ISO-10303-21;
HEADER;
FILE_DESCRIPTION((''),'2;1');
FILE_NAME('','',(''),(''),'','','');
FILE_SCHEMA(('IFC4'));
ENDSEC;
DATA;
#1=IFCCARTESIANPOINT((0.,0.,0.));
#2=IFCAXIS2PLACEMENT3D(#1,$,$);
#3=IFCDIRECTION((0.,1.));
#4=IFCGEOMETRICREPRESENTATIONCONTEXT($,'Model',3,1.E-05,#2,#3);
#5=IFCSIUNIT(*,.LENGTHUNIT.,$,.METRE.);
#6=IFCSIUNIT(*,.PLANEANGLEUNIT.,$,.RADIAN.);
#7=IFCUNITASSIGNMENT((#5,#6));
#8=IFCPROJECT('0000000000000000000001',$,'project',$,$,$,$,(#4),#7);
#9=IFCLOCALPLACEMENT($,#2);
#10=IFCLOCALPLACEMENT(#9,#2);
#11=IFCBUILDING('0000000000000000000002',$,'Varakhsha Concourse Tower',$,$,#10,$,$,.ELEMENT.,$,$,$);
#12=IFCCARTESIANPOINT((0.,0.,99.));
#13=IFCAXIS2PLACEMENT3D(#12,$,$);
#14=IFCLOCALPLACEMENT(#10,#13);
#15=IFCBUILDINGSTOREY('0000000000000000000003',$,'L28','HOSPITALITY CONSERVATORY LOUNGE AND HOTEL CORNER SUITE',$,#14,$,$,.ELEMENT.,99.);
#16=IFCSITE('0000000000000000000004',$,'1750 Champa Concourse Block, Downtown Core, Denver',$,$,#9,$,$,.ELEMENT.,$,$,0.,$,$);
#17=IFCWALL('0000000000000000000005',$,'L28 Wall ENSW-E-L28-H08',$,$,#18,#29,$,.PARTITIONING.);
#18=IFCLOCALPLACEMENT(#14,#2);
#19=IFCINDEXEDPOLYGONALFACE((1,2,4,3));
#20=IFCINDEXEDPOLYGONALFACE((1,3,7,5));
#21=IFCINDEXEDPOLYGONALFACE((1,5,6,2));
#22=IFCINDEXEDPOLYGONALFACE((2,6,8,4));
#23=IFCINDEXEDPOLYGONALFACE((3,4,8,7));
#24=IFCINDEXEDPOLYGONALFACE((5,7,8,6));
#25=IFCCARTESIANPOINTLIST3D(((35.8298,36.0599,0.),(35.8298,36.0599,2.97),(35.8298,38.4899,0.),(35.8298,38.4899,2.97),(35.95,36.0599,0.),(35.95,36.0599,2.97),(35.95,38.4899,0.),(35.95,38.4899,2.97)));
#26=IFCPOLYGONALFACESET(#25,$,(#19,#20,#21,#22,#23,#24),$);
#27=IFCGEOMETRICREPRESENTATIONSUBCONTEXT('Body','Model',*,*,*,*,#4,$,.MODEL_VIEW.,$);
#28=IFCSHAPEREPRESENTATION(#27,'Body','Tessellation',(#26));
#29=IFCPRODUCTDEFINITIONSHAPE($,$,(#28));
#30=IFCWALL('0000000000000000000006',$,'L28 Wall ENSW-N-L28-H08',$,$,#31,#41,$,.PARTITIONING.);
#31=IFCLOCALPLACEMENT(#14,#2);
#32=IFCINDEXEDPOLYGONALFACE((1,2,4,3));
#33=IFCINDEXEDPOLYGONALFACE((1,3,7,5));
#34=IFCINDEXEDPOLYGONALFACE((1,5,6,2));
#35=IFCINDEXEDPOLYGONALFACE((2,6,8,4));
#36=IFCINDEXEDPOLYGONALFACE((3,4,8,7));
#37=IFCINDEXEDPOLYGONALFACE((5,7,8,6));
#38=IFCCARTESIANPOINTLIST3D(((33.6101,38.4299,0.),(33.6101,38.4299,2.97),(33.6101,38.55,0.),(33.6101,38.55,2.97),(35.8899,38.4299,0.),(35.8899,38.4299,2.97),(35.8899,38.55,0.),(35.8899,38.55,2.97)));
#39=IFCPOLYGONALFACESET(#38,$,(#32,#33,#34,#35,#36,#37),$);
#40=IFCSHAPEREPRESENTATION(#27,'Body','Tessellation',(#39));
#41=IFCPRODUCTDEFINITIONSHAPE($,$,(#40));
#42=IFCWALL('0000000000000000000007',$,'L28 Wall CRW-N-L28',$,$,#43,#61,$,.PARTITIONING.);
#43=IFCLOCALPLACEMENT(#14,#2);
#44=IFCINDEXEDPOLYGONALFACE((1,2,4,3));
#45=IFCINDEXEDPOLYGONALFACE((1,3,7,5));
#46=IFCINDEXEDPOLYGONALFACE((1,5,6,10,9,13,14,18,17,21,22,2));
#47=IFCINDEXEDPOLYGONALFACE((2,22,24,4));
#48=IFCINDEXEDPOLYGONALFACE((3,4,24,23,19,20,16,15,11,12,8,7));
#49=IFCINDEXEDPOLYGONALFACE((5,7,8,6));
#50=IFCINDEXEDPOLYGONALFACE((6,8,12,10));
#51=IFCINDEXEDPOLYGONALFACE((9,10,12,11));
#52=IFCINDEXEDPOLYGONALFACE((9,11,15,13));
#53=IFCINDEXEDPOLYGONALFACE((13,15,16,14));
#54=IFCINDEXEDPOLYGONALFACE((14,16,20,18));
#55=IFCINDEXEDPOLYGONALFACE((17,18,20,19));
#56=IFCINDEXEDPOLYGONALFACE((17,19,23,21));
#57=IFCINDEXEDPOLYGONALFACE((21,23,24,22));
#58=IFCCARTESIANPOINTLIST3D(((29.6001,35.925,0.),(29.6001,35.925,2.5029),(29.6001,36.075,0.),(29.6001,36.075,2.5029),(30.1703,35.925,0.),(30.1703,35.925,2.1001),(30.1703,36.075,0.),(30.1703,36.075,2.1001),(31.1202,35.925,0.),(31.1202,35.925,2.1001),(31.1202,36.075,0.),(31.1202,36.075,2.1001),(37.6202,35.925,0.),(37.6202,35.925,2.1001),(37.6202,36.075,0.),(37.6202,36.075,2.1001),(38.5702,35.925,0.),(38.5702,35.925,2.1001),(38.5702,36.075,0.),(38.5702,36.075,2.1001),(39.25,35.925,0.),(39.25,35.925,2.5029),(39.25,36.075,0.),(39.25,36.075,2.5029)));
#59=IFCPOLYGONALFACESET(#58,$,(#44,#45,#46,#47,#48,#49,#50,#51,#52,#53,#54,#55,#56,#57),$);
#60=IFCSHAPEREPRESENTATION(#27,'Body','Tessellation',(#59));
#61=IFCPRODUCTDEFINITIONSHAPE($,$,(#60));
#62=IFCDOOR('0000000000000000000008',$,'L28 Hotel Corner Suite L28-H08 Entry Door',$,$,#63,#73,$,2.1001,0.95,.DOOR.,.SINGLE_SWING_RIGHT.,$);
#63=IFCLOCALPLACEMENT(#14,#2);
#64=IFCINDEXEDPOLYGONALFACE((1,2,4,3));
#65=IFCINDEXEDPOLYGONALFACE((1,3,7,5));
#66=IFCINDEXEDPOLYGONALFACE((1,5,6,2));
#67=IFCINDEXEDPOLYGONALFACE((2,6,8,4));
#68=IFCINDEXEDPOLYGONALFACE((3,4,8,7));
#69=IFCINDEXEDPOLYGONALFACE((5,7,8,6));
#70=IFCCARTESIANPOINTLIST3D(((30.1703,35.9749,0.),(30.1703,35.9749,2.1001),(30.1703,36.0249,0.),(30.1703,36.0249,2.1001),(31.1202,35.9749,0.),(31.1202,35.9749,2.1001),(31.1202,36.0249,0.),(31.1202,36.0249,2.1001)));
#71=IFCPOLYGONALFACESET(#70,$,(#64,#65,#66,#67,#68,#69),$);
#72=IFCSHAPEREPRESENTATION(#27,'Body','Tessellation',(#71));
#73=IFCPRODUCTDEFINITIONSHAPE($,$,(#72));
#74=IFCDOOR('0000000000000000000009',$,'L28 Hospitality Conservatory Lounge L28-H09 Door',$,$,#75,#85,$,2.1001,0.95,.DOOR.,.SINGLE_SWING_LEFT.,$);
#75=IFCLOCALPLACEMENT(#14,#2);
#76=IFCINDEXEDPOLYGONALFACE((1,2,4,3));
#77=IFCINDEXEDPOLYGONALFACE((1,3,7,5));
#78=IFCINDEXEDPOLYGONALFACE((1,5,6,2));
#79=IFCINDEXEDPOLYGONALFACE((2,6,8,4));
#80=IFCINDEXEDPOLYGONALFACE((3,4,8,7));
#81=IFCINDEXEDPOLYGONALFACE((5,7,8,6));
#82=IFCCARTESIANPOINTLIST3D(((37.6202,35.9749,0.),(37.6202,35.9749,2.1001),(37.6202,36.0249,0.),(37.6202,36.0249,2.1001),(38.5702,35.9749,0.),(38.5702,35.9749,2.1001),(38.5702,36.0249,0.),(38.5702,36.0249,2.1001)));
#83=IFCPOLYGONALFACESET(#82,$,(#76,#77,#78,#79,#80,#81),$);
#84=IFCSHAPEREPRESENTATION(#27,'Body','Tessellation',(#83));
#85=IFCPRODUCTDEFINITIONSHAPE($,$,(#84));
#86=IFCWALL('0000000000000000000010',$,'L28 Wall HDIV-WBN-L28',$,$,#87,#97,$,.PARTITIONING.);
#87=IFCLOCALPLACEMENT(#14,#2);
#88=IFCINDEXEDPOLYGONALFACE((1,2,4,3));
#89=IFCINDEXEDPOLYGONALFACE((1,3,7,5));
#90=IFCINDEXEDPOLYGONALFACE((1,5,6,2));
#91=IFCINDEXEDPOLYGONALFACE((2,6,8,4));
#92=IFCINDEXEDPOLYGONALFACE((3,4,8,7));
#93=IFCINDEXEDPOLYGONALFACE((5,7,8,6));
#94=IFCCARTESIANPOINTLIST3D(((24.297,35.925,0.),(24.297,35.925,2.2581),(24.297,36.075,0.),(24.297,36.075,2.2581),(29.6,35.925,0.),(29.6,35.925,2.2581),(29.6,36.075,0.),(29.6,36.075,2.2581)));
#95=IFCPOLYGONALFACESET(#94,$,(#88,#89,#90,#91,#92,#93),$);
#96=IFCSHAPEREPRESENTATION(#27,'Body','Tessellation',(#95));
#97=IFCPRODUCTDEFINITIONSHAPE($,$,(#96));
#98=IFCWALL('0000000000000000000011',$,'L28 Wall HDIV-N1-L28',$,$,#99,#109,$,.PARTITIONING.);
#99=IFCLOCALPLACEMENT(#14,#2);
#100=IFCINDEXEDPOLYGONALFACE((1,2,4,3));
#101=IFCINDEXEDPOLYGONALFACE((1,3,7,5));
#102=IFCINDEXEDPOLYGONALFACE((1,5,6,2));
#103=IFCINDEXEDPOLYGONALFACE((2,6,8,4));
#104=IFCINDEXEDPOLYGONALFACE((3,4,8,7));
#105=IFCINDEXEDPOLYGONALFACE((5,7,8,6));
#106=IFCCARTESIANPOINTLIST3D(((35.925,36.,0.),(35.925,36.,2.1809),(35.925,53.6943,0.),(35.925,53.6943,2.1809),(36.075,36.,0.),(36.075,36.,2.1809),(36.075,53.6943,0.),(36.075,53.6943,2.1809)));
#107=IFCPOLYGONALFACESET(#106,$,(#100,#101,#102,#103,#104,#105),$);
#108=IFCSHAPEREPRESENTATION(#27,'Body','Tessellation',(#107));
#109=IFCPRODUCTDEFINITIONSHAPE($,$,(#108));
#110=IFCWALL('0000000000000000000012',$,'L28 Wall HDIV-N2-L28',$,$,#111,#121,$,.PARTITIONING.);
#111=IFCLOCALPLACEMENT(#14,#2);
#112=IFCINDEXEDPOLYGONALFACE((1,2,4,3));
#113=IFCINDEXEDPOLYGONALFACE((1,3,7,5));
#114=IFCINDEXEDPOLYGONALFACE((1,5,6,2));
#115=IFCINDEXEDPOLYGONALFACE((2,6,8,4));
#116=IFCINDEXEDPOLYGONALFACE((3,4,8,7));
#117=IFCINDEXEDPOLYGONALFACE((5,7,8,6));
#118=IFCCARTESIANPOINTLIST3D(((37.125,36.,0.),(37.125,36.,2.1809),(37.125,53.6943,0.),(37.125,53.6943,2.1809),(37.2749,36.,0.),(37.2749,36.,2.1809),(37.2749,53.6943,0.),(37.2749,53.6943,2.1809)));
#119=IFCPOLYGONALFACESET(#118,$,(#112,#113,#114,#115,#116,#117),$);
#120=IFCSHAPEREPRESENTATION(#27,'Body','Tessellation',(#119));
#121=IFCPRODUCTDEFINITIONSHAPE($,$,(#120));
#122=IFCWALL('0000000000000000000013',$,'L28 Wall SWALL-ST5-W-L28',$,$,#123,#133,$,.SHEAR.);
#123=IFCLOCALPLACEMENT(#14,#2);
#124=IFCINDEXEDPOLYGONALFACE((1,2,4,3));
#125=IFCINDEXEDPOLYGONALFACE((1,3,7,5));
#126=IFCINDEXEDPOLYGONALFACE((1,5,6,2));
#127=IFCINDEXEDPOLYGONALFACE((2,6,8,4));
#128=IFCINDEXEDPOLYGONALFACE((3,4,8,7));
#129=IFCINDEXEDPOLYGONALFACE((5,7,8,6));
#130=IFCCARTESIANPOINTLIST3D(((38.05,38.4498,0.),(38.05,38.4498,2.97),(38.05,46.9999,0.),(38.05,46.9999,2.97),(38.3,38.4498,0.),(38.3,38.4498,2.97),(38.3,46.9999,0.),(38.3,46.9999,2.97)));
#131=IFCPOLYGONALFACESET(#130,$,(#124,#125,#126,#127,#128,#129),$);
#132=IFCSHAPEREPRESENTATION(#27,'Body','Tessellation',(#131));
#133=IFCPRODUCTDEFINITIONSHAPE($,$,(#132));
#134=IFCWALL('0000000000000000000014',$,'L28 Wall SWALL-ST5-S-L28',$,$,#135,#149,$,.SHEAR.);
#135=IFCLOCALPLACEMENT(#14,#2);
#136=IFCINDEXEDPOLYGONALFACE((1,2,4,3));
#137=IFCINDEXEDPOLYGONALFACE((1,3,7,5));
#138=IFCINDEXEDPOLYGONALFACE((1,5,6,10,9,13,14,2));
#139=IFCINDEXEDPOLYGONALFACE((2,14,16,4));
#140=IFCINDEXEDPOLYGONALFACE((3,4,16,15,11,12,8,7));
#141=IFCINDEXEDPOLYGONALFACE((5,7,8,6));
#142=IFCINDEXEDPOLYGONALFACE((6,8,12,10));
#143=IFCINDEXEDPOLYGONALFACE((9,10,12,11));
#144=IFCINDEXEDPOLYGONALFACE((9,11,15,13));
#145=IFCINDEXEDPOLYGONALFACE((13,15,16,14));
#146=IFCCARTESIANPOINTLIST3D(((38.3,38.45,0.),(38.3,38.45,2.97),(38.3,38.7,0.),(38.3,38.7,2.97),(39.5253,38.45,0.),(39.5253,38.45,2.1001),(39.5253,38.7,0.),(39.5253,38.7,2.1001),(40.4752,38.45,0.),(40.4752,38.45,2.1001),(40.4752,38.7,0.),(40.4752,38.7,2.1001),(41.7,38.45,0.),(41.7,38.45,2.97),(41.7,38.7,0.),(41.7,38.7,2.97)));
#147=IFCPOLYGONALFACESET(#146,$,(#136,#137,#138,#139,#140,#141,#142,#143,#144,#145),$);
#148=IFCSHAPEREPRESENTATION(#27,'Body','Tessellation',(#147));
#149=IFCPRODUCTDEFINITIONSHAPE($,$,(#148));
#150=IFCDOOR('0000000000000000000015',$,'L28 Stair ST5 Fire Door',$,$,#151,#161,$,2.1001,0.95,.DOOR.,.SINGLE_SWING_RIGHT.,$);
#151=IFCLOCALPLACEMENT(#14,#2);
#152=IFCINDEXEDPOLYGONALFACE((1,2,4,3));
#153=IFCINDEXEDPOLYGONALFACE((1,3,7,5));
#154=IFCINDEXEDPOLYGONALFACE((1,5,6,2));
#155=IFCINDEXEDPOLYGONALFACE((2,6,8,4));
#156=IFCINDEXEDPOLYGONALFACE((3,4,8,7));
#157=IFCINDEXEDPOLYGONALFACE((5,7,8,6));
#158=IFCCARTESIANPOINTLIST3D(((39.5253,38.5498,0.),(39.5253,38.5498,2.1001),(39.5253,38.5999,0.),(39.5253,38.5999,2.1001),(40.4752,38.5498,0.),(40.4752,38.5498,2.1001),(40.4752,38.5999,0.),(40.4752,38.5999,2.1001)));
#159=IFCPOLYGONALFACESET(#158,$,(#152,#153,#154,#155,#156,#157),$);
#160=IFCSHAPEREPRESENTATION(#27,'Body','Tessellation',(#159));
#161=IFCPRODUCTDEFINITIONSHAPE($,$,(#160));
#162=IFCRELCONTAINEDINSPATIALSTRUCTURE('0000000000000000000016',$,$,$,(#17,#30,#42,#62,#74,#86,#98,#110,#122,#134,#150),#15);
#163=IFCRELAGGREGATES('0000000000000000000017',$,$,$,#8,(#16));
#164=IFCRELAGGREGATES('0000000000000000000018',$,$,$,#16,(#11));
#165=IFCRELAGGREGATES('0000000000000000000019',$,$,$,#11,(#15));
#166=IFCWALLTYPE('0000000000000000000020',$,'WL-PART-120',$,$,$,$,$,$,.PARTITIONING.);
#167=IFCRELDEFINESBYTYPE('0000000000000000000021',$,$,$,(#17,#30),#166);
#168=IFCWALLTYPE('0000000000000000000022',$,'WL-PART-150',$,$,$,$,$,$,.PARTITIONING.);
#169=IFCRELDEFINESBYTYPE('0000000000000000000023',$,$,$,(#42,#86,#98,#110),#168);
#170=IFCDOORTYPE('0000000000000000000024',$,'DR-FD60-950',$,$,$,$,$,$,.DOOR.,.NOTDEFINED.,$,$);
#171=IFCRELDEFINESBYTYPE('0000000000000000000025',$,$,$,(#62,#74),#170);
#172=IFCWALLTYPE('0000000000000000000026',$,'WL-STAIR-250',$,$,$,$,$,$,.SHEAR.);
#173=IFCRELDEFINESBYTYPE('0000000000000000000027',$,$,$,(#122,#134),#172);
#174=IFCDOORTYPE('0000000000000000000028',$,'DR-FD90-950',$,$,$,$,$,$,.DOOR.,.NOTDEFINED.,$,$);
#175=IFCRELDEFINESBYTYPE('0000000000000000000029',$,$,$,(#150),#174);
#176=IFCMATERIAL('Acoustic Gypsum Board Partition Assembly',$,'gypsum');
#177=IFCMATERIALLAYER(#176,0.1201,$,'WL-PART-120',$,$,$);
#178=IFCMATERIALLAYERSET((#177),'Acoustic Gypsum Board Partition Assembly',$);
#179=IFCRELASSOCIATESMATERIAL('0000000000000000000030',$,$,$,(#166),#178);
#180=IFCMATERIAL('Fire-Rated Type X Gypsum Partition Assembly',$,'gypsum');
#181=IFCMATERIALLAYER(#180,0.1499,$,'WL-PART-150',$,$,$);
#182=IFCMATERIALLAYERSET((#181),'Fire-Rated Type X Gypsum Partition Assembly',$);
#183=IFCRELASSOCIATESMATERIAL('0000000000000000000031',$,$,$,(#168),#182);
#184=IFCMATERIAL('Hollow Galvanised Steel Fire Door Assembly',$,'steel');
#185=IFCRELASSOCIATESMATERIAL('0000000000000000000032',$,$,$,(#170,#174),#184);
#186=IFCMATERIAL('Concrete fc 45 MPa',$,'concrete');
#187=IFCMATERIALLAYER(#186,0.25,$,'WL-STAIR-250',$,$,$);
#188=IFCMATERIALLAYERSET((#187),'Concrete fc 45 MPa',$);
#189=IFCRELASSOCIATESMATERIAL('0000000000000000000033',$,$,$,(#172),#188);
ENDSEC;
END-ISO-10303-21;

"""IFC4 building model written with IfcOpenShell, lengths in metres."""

from ifc_helpers import new_model, si_unit, direction, frame, frame_2d, origin, place, context, subcontext, project, spatial, rectangle, extrude, material, layer, layer_set, type_object, element, fill, save


model = new_model("IFC4")

# Units and contexts
model_context = context("Model", 3, precision=1e-05, world=origin(), true_north=direction((0.0, 1.0)))
body_context = subcontext(model_context, "Body", "Model", "MODEL_VIEW")
ifc_project = project(units=[si_unit("LENGTHUNIT", "METRE"), si_unit("PLANEANGLEUNIT", "RADIAN")], contexts=[model_context])

# Site, building, storey
site_placement = place(None, origin())
site = spatial("IfcSite", under=ifc_project, at=site_placement, Name="1750 Champa Concourse Block, Downtown Core, Denver", CompositionType="ELEMENT", RefElevation=0.0)
building_placement = place(site_placement, origin())
building = spatial("IfcBuilding", under=site, at=building_placement, Name="Varakhsha Concourse Tower", CompositionType="ELEMENT")
storey_placement = place(building_placement, frame((0.0, 0.0, 99.0)))
storey = spatial("IfcBuildingStorey", under=building, at=storey_placement, Name="L28", Description="HOSPITALITY CONSERVATORY LOUNGE AND HOTEL CORNER SUITE", CompositionType="ELEMENT", Elevation=99.0)

# Shared definitions
ifc_material_1 = material(Name="Acoustic Gypsum Board Partition Assembly", Category="gypsum")
ifc_layer_1 = layer(ifc_material_1, 0.1201, Name="WL-PART-120")
ifc_layer_set_1 = layer_set([ifc_layer_1], Name="Acoustic Gypsum Board Partition Assembly")
wall_type_1 = type_object("IfcWallType", Name="WL-PART-120", PredefinedType="PARTITIONING", material=ifc_layer_set_1)

# Walls
wall_1_placement = place(storey_placement, frame((35.8899, 36.0601, 0.0), z_axis=(0.0, 0.0, 1.0), x_axis=(0.0, 1.0, 0.0)))
element("IfcWall", 1, at=wall_1_placement, inside=storey, type_object=wall_type_1, Name="L28 Wall ENSW-E-L28-H08", PredefinedType="PARTITIONING", context=body_context, shape_type="SweptSolid", body=[
    extrude(rectangle(XDim=2.4299, YDim=0.1201, at=frame_2d((1.2148, 0.0))), origin(), (0.0, 0.0, 1.0), 2.97),
])
wall_2_placement = place(storey_placement, frame((33.6101, 38.49, 0.0), z_axis=(0.0, 0.0, 1.0), x_axis=(1.0, 0.0, 0.0)))
element("IfcWall", 2, at=wall_2_placement, inside=storey, type_object=wall_type_1, Name="L28 Wall ENSW-N-L28-H08", PredefinedType="PARTITIONING", context=body_context, shape_type="SweptSolid", body=[
    extrude(rectangle(XDim=2.2798, YDim=0.1201, at=frame_2d((1.1399, 0.0))), origin(), (0.0, 0.0, 1.0), 2.97),
])

# Wall, openings, doors
ifc_material_2 = material(Name="Fire-Rated Type X Gypsum Partition Assembly", Category="gypsum")
ifc_layer_2 = layer(ifc_material_2, 0.1499, Name="WL-PART-150")
ifc_layer_set_2 = layer_set([ifc_layer_2], Name="Fire-Rated Type X Gypsum Partition Assembly")
wall_type_2 = type_object("IfcWallType", Name="WL-PART-150", PredefinedType="PARTITIONING", material=ifc_layer_set_2)
wall_3_placement = place(storey_placement, frame((29.6001, 36.0, 0.0), z_axis=(0.0, 0.0, 1.0), x_axis=(1.0, 0.0, 0.0)))
wall_3 = element("IfcWall", 3, at=wall_3_placement, inside=storey, type_object=wall_type_2, Name="L28 Wall CRW-N-L28", PredefinedType="PARTITIONING", context=body_context, shape_type="SweptSolid", body=[
    extrude(rectangle(XDim=9.6499, YDim=0.1499, at=frame_2d((4.825, 0.0))), origin(), (0.0, 0.0, 1.0), 2.5029),
])
opening_1_placement = place(wall_3_placement, frame((0.5701, 0.0, 0.0)))
opening_1 = element("IfcOpeningElement", 4, at=opening_1_placement, cuts=wall_3, PredefinedType="OPENING", context=body_context, shape_type="SweptSolid", body=[
    extrude(rectangle(XDim=0.95, YDim=2.1001, at=frame_2d((0.4751, 1.05))), frame((0.0, 0.085, 0.0), z_axis=(0.0, -1.0, 0.0), x_axis=(1.0, 0.0, 0.0)), (0.0, 0.0, 1.0), 0.1699),
])
opening_2_placement = place(wall_3_placement, frame((8.02, 0.0, 0.0)))
opening_2 = element("IfcOpeningElement", 5, at=opening_2_placement, cuts=wall_3, PredefinedType="OPENING", context=body_context, shape_type="SweptSolid", body=[
    extrude(rectangle(XDim=0.95, YDim=2.1001, at=frame_2d((0.4751, 1.05))), frame((0.0, 0.085, 0.0), z_axis=(0.0, -1.0, 0.0), x_axis=(1.0, 0.0, 0.0)), (0.0, 0.0, 1.0), 0.1699),
])
ifc_material_3 = material(Name="Hollow Galvanised Steel Fire Door Assembly", Category="steel")
door_type_1 = type_object("IfcDoorType", Name="DR-FD60-950", OperationType="NOTDEFINED", PredefinedType="DOOR", material=ifc_material_3)
door_1_placement = place(opening_1_placement, origin())
door_1 = element("IfcDoor", 6, at=door_1_placement, inside=storey, type_object=door_type_1, Name="L28 Hotel Corner Suite L28-H08 Entry Door", OperationType="SINGLE_SWING_RIGHT", OverallHeight=2.1001, OverallWidth=0.95, PredefinedType="DOOR", context=body_context, shape_type="SweptSolid", body=[
    extrude(rectangle(XDim=0.95, YDim=2.1001, at=frame_2d((0.4751, 1.05))), frame((0.0, 0.0249, 0.0), z_axis=(0.0, -1.0, 0.0), x_axis=(1.0, 0.0, 0.0)), (0.0, 0.0, 1.0), 0.05),
])
fill(opening_1, door_1)
door_2_placement = place(opening_2_placement, origin())
door_2 = element("IfcDoor", 7, at=door_2_placement, inside=storey, type_object=door_type_1, Name="L28 Hospitality Conservatory Lounge L28-H09 Door", OperationType="SINGLE_SWING_LEFT", OverallHeight=2.1001, OverallWidth=0.95, PredefinedType="DOOR", context=body_context, shape_type="SweptSolid", body=[
    extrude(rectangle(XDim=0.95, YDim=2.1001, at=frame_2d((0.4751, 1.05))), frame((0.0, 0.0249, 0.0), z_axis=(0.0, -1.0, 0.0), x_axis=(1.0, 0.0, 0.0)), (0.0, 0.0, 1.0), 0.05),
])
fill(opening_2, door_2)

# Walls
wall_4_placement = place(storey_placement, frame((24.2971, 36.0, 0.0), z_axis=(0.0, 0.0, 1.0), x_axis=(1.0, 0.0, 0.0)))
element("IfcWall", 8, at=wall_4_placement, inside=storey, type_object=wall_type_2, Name="L28 Wall HDIV-WBN-L28", PredefinedType="PARTITIONING", context=body_context, shape_type="SweptSolid", body=[
    extrude(rectangle(XDim=5.303, YDim=0.1499, at=frame_2d((2.6514, 0.0))), origin(), (0.0, 0.0, 1.0), 2.2581),
])
for number, where, z_axis, x_axis, name in (
    (9, (36.0, 36.0, 0.0), (0.0, 0.0, 1.0), (0.0, 1.0, 0.0), "L28 Wall HDIV-N1-L28"),
    (10, (37.2, 36.0, 0.0), (0.0, 0.0, 1.0), (0.0, 1.0, 0.0), "L28 Wall HDIV-N2-L28"),
):
    element("IfcWall", number, at=place(storey_placement, frame(where, z_axis=z_axis, x_axis=x_axis)), inside=storey, type_object=wall_type_2, Name=name, PredefinedType="PARTITIONING", context=body_context, shape_type="SweptSolid", body=[
        extrude(rectangle(XDim=17.6943, YDim=0.1499, at=frame_2d((8.8472, 0.0))), origin(), (0.0, 0.0, 1.0), 2.1809),
    ])
ifc_material_4 = material(Name="Concrete fc 45 MPa", Category="concrete")
ifc_layer_3 = layer(ifc_material_4, 0.25, Name="WL-STAIR-250")
ifc_layer_set_3 = layer_set([ifc_layer_3], Name="Concrete fc 45 MPa")
wall_type_3 = type_object("IfcWallType", Name="WL-STAIR-250", PredefinedType="SHEAR", material=ifc_layer_set_3)
wall_5_placement = place(storey_placement, frame((38.175, 38.45, 0.0), z_axis=(0.0, 0.0, 1.0), x_axis=(0.0, 1.0, 0.0)))
element("IfcWall", 11, at=wall_5_placement, inside=storey, type_object=wall_type_3, Name="L28 Wall SWALL-ST5-W-L28", PredefinedType="SHEAR", context=body_context, shape_type="SweptSolid", body=[
    extrude(rectangle(XDim=8.55, YDim=0.25, at=frame_2d((4.2749, 0.0))), origin(), (0.0, 0.0, 1.0), 2.97),
])

# Wall, opening, door
wall_6_placement = place(storey_placement, frame((38.3, 38.575, 0.0), z_axis=(0.0, 0.0, 1.0), x_axis=(1.0, 0.0, 0.0)))
wall_6 = element("IfcWall", 12, at=wall_6_placement, inside=storey, type_object=wall_type_3, Name="L28 Wall SWALL-ST5-S-L28", PredefinedType="SHEAR", context=body_context, shape_type="SweptSolid", body=[
    extrude(rectangle(XDim=3.3999, YDim=0.25, at=frame_2d((1.7, 0.0))), origin(), (0.0, 0.0, 1.0), 2.97),
])
opening_3_placement = place(wall_6_placement, frame((1.2251, 0.0, 0.0)))
opening_3 = element("IfcOpeningElement", 13, at=opening_3_placement, cuts=wall_6, PredefinedType="OPENING", context=body_context, shape_type="SweptSolid", body=[
    extrude(rectangle(XDim=0.95, YDim=2.1001, at=frame_2d((0.4751, 1.05))), frame((0.0, 0.135, 0.0), z_axis=(0.0, -1.0, 0.0), x_axis=(1.0, 0.0, 0.0)), (0.0, 0.0, 1.0), 0.27),
])
door_type_2 = type_object("IfcDoorType", Name="DR-FD90-950", OperationType="NOTDEFINED", PredefinedType="DOOR", material=ifc_material_3)
door_3_placement = place(opening_3_placement, origin())
door_3 = element("IfcDoor", 14, at=door_3_placement, inside=storey, type_object=door_type_2, Name="L28 Stair ST5 Fire Door", OperationType="SINGLE_SWING_RIGHT", OverallHeight=2.1001, OverallWidth=0.95, PredefinedType="DOOR", context=body_context, shape_type="SweptSolid", body=[
    extrude(rectangle(XDim=0.95, YDim=2.1001, at=frame_2d((0.4751, 1.05))), frame((0.0, 0.0249, 0.0), z_axis=(0.0, -1.0, 0.0), x_axis=(1.0, 0.0, 0.0)), (0.0, 0.0, 1.0), 0.05),
])
fill(opening_3, door_3)

save(model, "model.ifc")
